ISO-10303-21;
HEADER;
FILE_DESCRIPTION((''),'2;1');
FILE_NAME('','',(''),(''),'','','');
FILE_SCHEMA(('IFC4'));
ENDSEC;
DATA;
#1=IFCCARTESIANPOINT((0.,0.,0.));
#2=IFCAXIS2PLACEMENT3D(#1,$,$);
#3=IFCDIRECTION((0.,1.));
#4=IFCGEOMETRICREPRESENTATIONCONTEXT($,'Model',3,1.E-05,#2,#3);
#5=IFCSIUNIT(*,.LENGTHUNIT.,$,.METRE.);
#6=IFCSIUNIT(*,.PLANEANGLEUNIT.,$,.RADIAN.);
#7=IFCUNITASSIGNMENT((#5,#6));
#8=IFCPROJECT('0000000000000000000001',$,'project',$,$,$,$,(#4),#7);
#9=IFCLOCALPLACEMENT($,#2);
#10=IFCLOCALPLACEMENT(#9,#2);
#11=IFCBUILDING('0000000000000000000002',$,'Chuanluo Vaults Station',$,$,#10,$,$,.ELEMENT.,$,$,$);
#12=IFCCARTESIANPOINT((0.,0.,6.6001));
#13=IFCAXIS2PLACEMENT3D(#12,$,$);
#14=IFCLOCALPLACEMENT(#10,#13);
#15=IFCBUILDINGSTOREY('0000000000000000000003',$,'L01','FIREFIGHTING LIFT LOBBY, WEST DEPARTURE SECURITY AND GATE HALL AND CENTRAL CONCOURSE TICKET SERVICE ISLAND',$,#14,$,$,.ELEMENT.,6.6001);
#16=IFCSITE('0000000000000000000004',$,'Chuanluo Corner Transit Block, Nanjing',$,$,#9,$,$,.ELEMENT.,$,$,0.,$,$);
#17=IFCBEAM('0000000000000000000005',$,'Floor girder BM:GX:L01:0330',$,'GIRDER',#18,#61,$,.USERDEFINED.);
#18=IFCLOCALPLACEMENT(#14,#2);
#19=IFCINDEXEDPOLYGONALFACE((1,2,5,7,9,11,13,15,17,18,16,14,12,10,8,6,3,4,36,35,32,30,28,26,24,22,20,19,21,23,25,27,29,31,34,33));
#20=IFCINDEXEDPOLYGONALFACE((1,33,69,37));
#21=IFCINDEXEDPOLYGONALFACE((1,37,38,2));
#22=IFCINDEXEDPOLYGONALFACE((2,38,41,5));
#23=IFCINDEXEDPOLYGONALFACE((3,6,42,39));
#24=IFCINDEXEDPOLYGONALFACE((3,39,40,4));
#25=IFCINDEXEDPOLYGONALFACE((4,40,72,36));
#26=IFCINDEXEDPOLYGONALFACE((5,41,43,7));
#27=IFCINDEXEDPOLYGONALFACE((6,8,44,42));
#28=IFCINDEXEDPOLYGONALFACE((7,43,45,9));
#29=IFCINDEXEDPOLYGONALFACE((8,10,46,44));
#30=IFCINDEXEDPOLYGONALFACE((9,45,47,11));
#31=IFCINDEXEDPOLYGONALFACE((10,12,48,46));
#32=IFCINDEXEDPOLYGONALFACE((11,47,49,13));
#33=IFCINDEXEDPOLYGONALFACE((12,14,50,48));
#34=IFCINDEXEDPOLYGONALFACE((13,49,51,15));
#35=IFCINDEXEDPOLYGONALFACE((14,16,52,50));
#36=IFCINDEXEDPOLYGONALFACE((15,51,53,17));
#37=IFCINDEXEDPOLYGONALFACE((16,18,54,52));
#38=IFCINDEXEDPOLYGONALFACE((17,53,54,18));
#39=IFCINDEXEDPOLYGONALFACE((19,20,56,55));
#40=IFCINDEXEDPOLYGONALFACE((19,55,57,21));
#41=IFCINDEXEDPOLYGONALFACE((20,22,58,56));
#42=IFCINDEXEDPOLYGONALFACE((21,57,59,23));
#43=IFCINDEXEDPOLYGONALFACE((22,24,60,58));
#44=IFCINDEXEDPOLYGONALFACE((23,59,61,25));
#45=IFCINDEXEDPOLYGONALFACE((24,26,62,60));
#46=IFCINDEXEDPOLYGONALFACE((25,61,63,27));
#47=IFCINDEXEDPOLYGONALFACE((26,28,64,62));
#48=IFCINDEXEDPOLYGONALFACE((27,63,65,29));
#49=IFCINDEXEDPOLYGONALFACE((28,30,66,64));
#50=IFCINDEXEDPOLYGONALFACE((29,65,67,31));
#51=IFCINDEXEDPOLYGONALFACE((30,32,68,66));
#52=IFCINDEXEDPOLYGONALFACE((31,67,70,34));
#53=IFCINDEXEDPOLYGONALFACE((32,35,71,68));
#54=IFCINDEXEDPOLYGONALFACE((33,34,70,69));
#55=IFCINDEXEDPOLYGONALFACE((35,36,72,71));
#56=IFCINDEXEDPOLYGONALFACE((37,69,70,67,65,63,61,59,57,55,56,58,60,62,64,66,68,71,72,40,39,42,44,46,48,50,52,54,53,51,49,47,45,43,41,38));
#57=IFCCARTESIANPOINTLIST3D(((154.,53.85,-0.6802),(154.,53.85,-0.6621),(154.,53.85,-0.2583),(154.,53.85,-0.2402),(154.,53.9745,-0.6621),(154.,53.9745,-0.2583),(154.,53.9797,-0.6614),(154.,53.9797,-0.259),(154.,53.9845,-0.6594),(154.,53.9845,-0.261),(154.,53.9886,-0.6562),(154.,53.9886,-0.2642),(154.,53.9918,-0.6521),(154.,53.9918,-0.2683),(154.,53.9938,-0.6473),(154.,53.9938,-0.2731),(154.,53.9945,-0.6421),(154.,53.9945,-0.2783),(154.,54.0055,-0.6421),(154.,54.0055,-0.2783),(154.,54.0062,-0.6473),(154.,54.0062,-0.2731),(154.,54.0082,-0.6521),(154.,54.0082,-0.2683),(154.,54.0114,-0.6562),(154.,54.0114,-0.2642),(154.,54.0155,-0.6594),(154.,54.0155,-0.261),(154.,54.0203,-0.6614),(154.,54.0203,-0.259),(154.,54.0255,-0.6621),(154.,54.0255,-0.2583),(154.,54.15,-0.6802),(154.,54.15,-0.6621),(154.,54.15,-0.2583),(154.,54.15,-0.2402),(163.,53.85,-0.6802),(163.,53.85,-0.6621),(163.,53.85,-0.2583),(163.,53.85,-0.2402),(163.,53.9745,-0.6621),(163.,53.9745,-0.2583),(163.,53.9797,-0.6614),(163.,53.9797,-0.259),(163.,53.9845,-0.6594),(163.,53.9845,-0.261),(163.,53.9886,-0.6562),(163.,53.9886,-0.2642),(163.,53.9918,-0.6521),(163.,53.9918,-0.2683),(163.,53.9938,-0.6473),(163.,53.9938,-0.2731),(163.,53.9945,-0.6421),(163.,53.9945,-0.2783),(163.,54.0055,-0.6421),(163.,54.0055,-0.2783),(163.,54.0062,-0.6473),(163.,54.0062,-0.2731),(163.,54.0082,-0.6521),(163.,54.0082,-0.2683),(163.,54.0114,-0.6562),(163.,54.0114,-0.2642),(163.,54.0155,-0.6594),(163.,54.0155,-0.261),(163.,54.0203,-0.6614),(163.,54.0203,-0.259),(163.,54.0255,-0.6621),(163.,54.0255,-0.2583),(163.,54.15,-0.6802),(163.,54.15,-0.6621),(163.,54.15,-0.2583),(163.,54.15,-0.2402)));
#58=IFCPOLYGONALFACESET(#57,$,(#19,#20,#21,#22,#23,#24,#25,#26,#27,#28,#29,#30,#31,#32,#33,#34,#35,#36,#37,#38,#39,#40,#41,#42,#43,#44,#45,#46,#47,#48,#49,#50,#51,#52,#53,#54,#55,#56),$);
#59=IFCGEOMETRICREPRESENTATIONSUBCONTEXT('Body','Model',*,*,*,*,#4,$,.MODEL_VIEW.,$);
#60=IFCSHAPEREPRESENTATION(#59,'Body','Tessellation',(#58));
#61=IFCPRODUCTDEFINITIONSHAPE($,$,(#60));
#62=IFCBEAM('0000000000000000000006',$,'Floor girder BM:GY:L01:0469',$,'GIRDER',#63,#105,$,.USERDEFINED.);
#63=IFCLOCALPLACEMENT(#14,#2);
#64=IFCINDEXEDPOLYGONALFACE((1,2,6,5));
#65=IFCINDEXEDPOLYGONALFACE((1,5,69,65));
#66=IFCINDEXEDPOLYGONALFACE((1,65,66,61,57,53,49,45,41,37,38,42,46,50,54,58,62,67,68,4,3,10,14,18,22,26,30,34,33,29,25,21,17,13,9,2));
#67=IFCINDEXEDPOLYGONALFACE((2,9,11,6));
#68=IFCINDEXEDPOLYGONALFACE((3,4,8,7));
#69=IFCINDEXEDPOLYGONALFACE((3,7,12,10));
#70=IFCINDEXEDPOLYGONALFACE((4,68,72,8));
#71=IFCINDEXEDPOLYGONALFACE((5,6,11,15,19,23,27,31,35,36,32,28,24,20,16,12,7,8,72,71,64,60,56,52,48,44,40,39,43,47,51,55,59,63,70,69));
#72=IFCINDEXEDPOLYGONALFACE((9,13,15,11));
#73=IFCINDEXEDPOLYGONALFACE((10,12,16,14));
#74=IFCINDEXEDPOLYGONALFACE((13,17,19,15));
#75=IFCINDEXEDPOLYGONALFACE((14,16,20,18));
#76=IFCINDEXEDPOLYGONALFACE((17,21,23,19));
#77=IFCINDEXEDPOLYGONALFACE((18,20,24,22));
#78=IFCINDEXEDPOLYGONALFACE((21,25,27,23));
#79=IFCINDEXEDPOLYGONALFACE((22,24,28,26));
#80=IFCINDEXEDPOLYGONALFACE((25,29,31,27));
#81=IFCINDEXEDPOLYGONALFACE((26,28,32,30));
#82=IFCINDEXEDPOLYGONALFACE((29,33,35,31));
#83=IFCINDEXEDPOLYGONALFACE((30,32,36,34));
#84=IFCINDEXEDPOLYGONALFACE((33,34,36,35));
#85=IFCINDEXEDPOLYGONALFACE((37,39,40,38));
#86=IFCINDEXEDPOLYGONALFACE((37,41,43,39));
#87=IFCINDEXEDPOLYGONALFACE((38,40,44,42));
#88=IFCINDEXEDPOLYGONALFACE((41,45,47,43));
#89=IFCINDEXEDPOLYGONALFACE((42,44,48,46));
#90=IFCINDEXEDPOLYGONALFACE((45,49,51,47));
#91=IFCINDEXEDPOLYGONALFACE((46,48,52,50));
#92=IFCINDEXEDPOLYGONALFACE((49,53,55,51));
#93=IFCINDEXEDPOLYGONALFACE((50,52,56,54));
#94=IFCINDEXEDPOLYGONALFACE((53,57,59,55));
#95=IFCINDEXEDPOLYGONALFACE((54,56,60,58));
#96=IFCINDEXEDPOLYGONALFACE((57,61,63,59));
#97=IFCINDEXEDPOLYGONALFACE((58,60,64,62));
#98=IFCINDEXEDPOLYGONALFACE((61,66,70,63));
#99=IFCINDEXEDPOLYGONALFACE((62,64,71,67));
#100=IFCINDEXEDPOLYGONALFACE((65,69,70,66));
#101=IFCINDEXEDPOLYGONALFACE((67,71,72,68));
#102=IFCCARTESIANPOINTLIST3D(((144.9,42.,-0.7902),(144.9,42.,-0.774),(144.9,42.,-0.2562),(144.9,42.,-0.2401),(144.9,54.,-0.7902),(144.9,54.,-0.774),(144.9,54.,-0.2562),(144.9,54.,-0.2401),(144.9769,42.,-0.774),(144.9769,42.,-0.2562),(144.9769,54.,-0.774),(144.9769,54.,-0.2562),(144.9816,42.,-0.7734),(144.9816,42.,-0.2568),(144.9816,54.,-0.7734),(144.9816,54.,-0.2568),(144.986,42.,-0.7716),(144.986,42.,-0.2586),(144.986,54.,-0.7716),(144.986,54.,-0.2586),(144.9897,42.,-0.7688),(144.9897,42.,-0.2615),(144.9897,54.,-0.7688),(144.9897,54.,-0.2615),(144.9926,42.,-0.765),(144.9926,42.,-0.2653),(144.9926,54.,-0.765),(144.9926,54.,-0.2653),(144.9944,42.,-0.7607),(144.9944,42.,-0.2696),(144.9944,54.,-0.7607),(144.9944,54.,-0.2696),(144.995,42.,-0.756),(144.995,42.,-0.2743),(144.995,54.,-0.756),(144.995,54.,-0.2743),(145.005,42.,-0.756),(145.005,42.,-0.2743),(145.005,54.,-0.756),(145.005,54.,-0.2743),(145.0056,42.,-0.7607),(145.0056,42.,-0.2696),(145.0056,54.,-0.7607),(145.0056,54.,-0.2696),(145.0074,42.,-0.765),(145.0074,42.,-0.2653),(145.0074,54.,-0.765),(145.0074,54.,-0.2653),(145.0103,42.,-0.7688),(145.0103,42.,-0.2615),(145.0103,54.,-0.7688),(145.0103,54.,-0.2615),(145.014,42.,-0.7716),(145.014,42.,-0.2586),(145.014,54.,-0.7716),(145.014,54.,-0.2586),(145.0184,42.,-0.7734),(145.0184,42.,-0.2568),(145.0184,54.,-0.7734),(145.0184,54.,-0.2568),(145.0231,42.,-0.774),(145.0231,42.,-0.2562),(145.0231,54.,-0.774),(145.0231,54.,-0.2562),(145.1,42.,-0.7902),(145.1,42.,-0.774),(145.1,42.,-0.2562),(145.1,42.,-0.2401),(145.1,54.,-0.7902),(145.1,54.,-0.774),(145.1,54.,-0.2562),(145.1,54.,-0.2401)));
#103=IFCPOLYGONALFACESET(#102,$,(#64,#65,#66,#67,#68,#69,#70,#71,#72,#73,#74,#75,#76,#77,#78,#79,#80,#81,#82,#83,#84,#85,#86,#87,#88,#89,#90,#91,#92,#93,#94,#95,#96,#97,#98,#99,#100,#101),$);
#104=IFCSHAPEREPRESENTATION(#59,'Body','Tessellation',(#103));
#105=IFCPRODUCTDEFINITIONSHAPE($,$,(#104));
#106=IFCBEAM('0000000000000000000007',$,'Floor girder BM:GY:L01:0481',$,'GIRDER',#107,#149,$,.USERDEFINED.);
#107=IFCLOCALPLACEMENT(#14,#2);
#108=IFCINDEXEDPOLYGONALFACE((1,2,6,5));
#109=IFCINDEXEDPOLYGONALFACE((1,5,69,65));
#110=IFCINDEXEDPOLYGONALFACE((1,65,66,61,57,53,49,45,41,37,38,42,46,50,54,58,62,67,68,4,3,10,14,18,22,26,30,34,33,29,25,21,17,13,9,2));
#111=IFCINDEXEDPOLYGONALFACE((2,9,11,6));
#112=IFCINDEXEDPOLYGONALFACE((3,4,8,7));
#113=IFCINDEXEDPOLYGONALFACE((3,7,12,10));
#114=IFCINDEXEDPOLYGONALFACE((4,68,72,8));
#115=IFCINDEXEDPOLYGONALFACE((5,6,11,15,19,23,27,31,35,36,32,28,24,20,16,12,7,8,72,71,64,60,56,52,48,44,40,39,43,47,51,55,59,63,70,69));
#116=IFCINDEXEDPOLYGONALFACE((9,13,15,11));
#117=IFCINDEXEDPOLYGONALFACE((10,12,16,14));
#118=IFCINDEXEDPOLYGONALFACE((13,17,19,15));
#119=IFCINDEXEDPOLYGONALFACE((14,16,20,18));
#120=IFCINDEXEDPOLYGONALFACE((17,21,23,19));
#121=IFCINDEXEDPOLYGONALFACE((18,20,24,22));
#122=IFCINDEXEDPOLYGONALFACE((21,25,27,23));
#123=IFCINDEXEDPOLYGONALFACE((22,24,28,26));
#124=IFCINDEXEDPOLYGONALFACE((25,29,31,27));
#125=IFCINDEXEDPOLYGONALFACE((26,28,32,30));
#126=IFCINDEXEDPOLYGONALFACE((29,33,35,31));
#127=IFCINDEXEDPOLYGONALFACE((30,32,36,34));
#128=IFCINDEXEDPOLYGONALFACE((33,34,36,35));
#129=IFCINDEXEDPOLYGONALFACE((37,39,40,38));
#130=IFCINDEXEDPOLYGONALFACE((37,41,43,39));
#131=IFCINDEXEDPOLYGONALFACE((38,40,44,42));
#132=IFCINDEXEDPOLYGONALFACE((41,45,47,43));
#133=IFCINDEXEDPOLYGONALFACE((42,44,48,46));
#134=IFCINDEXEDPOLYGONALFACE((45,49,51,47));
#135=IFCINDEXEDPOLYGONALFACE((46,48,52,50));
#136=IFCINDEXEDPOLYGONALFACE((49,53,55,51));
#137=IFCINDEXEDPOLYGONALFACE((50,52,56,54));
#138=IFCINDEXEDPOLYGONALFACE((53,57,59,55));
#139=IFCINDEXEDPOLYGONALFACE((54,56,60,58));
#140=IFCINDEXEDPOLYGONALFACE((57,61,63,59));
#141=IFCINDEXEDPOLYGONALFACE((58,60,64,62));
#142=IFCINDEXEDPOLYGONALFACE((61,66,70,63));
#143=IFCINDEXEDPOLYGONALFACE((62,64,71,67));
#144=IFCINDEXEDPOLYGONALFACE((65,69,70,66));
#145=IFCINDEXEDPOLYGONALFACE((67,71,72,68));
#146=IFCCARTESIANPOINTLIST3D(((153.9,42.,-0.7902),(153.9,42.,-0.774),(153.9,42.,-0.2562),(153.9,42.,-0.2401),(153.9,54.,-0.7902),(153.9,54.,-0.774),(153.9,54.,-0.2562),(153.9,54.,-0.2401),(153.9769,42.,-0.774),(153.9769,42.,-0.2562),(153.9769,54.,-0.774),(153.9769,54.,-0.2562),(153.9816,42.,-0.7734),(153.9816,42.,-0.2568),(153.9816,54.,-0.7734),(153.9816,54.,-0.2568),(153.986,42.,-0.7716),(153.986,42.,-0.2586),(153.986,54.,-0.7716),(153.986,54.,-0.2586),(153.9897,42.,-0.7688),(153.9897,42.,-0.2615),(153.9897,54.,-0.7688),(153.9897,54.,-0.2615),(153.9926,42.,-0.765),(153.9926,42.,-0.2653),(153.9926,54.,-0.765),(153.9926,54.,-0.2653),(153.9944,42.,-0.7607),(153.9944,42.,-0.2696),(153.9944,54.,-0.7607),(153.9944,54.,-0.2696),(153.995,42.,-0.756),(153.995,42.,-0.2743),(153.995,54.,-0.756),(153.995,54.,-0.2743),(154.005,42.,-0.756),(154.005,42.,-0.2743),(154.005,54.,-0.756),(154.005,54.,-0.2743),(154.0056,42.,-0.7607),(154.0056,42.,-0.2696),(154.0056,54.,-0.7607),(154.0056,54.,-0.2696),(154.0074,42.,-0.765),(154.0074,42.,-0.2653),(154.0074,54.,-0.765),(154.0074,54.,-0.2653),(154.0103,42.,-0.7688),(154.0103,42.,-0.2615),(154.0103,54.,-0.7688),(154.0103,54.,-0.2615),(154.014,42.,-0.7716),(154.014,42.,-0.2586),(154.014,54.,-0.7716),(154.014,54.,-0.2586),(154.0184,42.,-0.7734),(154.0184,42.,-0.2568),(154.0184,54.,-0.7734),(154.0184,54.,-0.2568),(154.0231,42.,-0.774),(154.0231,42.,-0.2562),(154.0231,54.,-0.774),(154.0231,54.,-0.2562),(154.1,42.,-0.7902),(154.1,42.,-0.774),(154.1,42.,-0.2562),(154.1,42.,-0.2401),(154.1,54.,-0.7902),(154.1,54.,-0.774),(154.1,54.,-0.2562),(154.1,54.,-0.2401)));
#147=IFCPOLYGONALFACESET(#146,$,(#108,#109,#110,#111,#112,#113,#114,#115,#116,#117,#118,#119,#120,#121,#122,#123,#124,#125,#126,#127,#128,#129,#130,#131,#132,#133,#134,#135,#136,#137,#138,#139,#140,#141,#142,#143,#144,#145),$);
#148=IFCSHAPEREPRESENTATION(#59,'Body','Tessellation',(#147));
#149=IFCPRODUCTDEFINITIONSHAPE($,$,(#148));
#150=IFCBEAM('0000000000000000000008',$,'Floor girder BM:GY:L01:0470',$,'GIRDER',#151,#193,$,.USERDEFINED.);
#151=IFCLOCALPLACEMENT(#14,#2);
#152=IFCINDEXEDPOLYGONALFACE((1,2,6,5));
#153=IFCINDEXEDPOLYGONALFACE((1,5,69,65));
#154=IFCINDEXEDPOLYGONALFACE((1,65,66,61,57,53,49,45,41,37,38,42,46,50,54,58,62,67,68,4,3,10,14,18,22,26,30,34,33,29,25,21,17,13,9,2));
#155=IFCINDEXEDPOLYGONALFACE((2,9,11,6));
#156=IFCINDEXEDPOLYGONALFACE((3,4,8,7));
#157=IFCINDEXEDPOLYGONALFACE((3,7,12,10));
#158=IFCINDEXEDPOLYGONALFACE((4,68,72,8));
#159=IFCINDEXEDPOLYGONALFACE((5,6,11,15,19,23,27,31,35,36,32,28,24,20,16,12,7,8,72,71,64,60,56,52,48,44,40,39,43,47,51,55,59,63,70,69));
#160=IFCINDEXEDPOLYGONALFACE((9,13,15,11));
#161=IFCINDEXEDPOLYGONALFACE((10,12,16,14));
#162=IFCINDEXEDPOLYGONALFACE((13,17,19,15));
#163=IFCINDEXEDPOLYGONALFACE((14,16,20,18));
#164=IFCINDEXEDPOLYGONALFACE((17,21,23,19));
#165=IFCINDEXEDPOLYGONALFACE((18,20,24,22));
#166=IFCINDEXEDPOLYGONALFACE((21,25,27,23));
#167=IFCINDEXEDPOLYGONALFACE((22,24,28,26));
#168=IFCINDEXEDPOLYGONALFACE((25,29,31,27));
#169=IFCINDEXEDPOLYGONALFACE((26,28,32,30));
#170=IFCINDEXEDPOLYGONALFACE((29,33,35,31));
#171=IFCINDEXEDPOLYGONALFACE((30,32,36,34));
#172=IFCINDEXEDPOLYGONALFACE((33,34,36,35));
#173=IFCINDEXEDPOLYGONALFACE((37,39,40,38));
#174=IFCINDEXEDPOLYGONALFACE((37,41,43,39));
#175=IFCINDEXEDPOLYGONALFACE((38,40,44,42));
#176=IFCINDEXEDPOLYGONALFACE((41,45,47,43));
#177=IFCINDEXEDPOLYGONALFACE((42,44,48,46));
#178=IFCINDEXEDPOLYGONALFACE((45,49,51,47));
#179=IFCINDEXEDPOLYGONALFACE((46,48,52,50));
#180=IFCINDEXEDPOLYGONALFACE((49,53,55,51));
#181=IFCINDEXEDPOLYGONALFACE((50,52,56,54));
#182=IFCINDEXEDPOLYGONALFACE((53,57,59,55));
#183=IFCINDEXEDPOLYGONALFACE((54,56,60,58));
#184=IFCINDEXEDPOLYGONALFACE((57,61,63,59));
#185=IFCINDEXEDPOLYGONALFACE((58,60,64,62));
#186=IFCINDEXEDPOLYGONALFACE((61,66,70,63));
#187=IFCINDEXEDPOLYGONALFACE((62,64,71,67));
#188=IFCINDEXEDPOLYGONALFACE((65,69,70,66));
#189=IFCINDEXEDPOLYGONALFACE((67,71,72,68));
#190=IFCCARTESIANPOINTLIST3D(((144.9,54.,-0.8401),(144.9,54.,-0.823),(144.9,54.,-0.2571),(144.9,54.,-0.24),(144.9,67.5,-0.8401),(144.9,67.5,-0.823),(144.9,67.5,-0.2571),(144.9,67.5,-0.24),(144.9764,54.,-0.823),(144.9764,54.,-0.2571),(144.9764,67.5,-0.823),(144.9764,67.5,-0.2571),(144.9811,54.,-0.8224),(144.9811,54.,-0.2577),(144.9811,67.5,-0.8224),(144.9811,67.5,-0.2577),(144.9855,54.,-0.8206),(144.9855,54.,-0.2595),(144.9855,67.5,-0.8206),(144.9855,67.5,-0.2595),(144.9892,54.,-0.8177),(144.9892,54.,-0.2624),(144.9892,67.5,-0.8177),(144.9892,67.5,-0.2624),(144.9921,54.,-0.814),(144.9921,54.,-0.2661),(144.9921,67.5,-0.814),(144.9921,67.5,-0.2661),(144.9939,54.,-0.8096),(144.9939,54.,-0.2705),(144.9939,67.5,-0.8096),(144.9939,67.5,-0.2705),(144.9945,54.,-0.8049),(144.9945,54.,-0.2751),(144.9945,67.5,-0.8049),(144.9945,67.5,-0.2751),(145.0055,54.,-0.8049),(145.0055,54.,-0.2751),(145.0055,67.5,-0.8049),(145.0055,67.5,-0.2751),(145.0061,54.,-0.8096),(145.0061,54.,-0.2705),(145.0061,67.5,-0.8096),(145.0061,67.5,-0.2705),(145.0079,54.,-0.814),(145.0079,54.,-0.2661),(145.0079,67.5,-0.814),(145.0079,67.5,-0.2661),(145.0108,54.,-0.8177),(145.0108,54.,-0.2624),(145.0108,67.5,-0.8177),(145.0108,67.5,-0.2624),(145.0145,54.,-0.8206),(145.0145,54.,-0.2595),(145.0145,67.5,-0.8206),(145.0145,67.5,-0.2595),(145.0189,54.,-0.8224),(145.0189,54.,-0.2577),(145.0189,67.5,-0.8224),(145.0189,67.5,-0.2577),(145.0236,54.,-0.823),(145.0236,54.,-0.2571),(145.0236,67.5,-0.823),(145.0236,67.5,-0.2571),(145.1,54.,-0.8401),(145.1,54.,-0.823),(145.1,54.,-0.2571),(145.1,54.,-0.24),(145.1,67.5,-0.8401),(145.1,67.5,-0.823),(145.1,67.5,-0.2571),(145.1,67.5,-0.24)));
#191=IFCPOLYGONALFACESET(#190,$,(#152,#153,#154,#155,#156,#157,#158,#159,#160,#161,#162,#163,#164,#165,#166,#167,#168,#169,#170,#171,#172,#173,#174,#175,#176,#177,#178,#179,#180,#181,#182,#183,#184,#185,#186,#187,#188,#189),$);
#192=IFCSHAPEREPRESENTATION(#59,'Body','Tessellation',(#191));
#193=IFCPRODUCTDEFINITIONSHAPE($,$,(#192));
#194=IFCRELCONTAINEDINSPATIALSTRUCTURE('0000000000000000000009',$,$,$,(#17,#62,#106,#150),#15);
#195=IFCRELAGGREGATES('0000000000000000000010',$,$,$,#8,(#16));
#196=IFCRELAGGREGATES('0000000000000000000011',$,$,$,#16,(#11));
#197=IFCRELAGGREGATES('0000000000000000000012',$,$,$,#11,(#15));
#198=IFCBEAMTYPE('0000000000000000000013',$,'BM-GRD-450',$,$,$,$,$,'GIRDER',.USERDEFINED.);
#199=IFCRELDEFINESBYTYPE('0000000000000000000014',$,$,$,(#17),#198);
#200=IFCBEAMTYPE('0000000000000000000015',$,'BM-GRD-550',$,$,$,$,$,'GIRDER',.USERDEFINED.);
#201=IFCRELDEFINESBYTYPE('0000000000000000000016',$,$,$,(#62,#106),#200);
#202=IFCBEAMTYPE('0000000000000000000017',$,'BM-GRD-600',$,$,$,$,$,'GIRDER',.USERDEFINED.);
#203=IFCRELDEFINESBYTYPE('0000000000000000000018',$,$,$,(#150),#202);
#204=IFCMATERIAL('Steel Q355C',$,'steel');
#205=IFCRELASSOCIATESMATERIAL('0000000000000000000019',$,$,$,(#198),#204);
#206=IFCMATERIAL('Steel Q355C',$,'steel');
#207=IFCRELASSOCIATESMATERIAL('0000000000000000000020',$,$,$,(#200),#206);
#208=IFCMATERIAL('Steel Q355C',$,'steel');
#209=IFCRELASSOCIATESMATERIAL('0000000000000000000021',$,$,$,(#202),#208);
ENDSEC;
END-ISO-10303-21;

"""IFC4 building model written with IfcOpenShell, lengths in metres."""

from ifc_helpers import new_model, si_unit, direction, frame, origin, origin_2d, place, context, subcontext, project, spatial, i_section, extrude, material, material_profile, profile_set, type_object, element, save


model = new_model("IFC4")

# Units and contexts
model_context = context("Model", 3, precision=1e-05, world=origin(), true_north=direction((0.0, 1.0)))
body_context = subcontext(model_context, "Body", "Model", "MODEL_VIEW")
ifc_project = project(units=[si_unit("LENGTHUNIT", "METRE"), si_unit("PLANEANGLEUNIT", "RADIAN")], contexts=[model_context])

# Site, building, storey
site_placement = place(None, origin())
site = spatial("IfcSite", under=ifc_project, at=site_placement, Name="Chuanluo Corner Transit Block, Nanjing", CompositionType="ELEMENT", RefElevation=0.0)
building_placement = place(site_placement, origin())
building = spatial("IfcBuilding", under=site, at=building_placement, Name="Chuanluo Vaults Station", CompositionType="ELEMENT")
storey_placement = place(building_placement, frame((0.0, 0.0, 6.6001)))
storey = spatial("IfcBuildingStorey", under=building, at=storey_placement, Name="L01", Description="FIREFIGHTING LIFT LOBBY, WEST DEPARTURE SECURITY AND GATE HALL AND CENTRAL CONCOURSE TICKET SERVICE ISLAND", CompositionType="ELEMENT", Elevation=6.6001)

# Beams
ifc_material_1 = material(Name="Steel Q355C", Category="steel")
ifc_material_profile_1 = material_profile(ifc_material_1, i_section(OverallWidth=0.3, OverallDepth=0.4399, WebThickness=0.011, FlangeThickness=0.0181, FilletRadius=0.02, at=origin_2d()))
ifc_profile_set_1 = profile_set([ifc_material_profile_1], Name="Steel Q355C")
beam_type_1 = type_object("IfcBeamType", Name="BM-GRD-450", ElementType="GIRDER", PredefinedType="USERDEFINED", material=ifc_profile_set_1)
for number, where, z_axis, x_axis, name in (
    (1, (154.0, 54.0, -0.4602), (1.0, 0.0, 0.0), (0.0, 1.0, 0.0), "Floor girder BM:GX:L01:0330"),
):
    element("IfcBeam", number, at=place(storey_placement, frame(where, z_axis=z_axis, x_axis=x_axis)), inside=storey, type_object=beam_type_1, Name=name, ObjectType="GIRDER", PredefinedType="USERDEFINED", context=body_context, shape_type="SweptSolid", body=[
        extrude(i_section(OverallWidth=0.3, OverallDepth=0.4399, WebThickness=0.011, FlangeThickness=0.0181, FilletRadius=0.02, at=origin_2d()), origin(), (0.0, 0.0, 1.0), 9.0),
    ])
ifc_material_2 = material(Name="Steel Q355C", Category="steel")
ifc_material_profile_2 = material_profile(ifc_material_2, i_section(OverallWidth=0.2, OverallDepth=0.55, WebThickness=0.01, FlangeThickness=0.0161, FilletRadius=0.0181, at=origin_2d()))
ifc_profile_set_2 = profile_set([ifc_material_profile_2], Name="Steel Q355C")
beam_type_2 = type_object("IfcBeamType", Name="BM-GRD-550", ElementType="GIRDER", PredefinedType="USERDEFINED", material=ifc_profile_set_2)
for number, where, z_axis, x_axis, name in (
    (2, (145.0, 42.0, -0.5151), (0.0, 1.0, 0.0), (-1.0, 0.0, 0.0), "Floor girder BM:GY:L01:0469"),
    (3, (154.0, 42.0, -0.5151), (0.0, 1.0, 0.0), (-1.0, 0.0, 0.0), "Floor girder BM:GY:L01:0481"),
):
    element("IfcBeam", number, at=place(storey_placement, frame(where, z_axis=z_axis, x_axis=x_axis)), inside=storey, type_object=beam_type_2, Name=name, ObjectType="GIRDER", PredefinedType="USERDEFINED", context=body_context, shape_type="SweptSolid", body=[
        extrude(i_section(OverallWidth=0.2, OverallDepth=0.55, WebThickness=0.01, FlangeThickness=0.0161, FilletRadius=0.0181, at=origin_2d()), origin(), (0.0, 0.0, 1.0), 12.0),
    ])
ifc_material_3 = material(Name="Steel Q355C", Category="steel")
ifc_material_profile_3 = material_profile(ifc_material_3, i_section(OverallWidth=0.2, OverallDepth=0.6001, WebThickness=0.011, FlangeThickness=0.0171, FilletRadius=0.0181, at=origin_2d()))
ifc_profile_set_3 = profile_set([ifc_material_profile_3], Name="Steel Q355C")
beam_type_3 = type_object("IfcBeamType", Name="BM-GRD-600", ElementType="GIRDER", PredefinedType="USERDEFINED", material=ifc_profile_set_3)
for number, where, z_axis, x_axis, name in (
    (4, (145.0, 54.0, -0.54), (0.0, 1.0, 0.0), (-1.0, 0.0, 0.0), "Floor girder BM:GY:L01:0470"),
):
    element("IfcBeam", number, at=place(storey_placement, frame(where, z_axis=z_axis, x_axis=x_axis)), inside=storey, type_object=beam_type_3, Name=name, ObjectType="GIRDER", PredefinedType="USERDEFINED", context=body_context, shape_type="SweptSolid", body=[
        extrude(i_section(OverallWidth=0.2, OverallDepth=0.6001, WebThickness=0.011, FlangeThickness=0.0171, FilletRadius=0.0181, at=origin_2d()), origin(), (0.0, 0.0, 1.0), 13.5),
    ])

save(model, "model.ifc")
